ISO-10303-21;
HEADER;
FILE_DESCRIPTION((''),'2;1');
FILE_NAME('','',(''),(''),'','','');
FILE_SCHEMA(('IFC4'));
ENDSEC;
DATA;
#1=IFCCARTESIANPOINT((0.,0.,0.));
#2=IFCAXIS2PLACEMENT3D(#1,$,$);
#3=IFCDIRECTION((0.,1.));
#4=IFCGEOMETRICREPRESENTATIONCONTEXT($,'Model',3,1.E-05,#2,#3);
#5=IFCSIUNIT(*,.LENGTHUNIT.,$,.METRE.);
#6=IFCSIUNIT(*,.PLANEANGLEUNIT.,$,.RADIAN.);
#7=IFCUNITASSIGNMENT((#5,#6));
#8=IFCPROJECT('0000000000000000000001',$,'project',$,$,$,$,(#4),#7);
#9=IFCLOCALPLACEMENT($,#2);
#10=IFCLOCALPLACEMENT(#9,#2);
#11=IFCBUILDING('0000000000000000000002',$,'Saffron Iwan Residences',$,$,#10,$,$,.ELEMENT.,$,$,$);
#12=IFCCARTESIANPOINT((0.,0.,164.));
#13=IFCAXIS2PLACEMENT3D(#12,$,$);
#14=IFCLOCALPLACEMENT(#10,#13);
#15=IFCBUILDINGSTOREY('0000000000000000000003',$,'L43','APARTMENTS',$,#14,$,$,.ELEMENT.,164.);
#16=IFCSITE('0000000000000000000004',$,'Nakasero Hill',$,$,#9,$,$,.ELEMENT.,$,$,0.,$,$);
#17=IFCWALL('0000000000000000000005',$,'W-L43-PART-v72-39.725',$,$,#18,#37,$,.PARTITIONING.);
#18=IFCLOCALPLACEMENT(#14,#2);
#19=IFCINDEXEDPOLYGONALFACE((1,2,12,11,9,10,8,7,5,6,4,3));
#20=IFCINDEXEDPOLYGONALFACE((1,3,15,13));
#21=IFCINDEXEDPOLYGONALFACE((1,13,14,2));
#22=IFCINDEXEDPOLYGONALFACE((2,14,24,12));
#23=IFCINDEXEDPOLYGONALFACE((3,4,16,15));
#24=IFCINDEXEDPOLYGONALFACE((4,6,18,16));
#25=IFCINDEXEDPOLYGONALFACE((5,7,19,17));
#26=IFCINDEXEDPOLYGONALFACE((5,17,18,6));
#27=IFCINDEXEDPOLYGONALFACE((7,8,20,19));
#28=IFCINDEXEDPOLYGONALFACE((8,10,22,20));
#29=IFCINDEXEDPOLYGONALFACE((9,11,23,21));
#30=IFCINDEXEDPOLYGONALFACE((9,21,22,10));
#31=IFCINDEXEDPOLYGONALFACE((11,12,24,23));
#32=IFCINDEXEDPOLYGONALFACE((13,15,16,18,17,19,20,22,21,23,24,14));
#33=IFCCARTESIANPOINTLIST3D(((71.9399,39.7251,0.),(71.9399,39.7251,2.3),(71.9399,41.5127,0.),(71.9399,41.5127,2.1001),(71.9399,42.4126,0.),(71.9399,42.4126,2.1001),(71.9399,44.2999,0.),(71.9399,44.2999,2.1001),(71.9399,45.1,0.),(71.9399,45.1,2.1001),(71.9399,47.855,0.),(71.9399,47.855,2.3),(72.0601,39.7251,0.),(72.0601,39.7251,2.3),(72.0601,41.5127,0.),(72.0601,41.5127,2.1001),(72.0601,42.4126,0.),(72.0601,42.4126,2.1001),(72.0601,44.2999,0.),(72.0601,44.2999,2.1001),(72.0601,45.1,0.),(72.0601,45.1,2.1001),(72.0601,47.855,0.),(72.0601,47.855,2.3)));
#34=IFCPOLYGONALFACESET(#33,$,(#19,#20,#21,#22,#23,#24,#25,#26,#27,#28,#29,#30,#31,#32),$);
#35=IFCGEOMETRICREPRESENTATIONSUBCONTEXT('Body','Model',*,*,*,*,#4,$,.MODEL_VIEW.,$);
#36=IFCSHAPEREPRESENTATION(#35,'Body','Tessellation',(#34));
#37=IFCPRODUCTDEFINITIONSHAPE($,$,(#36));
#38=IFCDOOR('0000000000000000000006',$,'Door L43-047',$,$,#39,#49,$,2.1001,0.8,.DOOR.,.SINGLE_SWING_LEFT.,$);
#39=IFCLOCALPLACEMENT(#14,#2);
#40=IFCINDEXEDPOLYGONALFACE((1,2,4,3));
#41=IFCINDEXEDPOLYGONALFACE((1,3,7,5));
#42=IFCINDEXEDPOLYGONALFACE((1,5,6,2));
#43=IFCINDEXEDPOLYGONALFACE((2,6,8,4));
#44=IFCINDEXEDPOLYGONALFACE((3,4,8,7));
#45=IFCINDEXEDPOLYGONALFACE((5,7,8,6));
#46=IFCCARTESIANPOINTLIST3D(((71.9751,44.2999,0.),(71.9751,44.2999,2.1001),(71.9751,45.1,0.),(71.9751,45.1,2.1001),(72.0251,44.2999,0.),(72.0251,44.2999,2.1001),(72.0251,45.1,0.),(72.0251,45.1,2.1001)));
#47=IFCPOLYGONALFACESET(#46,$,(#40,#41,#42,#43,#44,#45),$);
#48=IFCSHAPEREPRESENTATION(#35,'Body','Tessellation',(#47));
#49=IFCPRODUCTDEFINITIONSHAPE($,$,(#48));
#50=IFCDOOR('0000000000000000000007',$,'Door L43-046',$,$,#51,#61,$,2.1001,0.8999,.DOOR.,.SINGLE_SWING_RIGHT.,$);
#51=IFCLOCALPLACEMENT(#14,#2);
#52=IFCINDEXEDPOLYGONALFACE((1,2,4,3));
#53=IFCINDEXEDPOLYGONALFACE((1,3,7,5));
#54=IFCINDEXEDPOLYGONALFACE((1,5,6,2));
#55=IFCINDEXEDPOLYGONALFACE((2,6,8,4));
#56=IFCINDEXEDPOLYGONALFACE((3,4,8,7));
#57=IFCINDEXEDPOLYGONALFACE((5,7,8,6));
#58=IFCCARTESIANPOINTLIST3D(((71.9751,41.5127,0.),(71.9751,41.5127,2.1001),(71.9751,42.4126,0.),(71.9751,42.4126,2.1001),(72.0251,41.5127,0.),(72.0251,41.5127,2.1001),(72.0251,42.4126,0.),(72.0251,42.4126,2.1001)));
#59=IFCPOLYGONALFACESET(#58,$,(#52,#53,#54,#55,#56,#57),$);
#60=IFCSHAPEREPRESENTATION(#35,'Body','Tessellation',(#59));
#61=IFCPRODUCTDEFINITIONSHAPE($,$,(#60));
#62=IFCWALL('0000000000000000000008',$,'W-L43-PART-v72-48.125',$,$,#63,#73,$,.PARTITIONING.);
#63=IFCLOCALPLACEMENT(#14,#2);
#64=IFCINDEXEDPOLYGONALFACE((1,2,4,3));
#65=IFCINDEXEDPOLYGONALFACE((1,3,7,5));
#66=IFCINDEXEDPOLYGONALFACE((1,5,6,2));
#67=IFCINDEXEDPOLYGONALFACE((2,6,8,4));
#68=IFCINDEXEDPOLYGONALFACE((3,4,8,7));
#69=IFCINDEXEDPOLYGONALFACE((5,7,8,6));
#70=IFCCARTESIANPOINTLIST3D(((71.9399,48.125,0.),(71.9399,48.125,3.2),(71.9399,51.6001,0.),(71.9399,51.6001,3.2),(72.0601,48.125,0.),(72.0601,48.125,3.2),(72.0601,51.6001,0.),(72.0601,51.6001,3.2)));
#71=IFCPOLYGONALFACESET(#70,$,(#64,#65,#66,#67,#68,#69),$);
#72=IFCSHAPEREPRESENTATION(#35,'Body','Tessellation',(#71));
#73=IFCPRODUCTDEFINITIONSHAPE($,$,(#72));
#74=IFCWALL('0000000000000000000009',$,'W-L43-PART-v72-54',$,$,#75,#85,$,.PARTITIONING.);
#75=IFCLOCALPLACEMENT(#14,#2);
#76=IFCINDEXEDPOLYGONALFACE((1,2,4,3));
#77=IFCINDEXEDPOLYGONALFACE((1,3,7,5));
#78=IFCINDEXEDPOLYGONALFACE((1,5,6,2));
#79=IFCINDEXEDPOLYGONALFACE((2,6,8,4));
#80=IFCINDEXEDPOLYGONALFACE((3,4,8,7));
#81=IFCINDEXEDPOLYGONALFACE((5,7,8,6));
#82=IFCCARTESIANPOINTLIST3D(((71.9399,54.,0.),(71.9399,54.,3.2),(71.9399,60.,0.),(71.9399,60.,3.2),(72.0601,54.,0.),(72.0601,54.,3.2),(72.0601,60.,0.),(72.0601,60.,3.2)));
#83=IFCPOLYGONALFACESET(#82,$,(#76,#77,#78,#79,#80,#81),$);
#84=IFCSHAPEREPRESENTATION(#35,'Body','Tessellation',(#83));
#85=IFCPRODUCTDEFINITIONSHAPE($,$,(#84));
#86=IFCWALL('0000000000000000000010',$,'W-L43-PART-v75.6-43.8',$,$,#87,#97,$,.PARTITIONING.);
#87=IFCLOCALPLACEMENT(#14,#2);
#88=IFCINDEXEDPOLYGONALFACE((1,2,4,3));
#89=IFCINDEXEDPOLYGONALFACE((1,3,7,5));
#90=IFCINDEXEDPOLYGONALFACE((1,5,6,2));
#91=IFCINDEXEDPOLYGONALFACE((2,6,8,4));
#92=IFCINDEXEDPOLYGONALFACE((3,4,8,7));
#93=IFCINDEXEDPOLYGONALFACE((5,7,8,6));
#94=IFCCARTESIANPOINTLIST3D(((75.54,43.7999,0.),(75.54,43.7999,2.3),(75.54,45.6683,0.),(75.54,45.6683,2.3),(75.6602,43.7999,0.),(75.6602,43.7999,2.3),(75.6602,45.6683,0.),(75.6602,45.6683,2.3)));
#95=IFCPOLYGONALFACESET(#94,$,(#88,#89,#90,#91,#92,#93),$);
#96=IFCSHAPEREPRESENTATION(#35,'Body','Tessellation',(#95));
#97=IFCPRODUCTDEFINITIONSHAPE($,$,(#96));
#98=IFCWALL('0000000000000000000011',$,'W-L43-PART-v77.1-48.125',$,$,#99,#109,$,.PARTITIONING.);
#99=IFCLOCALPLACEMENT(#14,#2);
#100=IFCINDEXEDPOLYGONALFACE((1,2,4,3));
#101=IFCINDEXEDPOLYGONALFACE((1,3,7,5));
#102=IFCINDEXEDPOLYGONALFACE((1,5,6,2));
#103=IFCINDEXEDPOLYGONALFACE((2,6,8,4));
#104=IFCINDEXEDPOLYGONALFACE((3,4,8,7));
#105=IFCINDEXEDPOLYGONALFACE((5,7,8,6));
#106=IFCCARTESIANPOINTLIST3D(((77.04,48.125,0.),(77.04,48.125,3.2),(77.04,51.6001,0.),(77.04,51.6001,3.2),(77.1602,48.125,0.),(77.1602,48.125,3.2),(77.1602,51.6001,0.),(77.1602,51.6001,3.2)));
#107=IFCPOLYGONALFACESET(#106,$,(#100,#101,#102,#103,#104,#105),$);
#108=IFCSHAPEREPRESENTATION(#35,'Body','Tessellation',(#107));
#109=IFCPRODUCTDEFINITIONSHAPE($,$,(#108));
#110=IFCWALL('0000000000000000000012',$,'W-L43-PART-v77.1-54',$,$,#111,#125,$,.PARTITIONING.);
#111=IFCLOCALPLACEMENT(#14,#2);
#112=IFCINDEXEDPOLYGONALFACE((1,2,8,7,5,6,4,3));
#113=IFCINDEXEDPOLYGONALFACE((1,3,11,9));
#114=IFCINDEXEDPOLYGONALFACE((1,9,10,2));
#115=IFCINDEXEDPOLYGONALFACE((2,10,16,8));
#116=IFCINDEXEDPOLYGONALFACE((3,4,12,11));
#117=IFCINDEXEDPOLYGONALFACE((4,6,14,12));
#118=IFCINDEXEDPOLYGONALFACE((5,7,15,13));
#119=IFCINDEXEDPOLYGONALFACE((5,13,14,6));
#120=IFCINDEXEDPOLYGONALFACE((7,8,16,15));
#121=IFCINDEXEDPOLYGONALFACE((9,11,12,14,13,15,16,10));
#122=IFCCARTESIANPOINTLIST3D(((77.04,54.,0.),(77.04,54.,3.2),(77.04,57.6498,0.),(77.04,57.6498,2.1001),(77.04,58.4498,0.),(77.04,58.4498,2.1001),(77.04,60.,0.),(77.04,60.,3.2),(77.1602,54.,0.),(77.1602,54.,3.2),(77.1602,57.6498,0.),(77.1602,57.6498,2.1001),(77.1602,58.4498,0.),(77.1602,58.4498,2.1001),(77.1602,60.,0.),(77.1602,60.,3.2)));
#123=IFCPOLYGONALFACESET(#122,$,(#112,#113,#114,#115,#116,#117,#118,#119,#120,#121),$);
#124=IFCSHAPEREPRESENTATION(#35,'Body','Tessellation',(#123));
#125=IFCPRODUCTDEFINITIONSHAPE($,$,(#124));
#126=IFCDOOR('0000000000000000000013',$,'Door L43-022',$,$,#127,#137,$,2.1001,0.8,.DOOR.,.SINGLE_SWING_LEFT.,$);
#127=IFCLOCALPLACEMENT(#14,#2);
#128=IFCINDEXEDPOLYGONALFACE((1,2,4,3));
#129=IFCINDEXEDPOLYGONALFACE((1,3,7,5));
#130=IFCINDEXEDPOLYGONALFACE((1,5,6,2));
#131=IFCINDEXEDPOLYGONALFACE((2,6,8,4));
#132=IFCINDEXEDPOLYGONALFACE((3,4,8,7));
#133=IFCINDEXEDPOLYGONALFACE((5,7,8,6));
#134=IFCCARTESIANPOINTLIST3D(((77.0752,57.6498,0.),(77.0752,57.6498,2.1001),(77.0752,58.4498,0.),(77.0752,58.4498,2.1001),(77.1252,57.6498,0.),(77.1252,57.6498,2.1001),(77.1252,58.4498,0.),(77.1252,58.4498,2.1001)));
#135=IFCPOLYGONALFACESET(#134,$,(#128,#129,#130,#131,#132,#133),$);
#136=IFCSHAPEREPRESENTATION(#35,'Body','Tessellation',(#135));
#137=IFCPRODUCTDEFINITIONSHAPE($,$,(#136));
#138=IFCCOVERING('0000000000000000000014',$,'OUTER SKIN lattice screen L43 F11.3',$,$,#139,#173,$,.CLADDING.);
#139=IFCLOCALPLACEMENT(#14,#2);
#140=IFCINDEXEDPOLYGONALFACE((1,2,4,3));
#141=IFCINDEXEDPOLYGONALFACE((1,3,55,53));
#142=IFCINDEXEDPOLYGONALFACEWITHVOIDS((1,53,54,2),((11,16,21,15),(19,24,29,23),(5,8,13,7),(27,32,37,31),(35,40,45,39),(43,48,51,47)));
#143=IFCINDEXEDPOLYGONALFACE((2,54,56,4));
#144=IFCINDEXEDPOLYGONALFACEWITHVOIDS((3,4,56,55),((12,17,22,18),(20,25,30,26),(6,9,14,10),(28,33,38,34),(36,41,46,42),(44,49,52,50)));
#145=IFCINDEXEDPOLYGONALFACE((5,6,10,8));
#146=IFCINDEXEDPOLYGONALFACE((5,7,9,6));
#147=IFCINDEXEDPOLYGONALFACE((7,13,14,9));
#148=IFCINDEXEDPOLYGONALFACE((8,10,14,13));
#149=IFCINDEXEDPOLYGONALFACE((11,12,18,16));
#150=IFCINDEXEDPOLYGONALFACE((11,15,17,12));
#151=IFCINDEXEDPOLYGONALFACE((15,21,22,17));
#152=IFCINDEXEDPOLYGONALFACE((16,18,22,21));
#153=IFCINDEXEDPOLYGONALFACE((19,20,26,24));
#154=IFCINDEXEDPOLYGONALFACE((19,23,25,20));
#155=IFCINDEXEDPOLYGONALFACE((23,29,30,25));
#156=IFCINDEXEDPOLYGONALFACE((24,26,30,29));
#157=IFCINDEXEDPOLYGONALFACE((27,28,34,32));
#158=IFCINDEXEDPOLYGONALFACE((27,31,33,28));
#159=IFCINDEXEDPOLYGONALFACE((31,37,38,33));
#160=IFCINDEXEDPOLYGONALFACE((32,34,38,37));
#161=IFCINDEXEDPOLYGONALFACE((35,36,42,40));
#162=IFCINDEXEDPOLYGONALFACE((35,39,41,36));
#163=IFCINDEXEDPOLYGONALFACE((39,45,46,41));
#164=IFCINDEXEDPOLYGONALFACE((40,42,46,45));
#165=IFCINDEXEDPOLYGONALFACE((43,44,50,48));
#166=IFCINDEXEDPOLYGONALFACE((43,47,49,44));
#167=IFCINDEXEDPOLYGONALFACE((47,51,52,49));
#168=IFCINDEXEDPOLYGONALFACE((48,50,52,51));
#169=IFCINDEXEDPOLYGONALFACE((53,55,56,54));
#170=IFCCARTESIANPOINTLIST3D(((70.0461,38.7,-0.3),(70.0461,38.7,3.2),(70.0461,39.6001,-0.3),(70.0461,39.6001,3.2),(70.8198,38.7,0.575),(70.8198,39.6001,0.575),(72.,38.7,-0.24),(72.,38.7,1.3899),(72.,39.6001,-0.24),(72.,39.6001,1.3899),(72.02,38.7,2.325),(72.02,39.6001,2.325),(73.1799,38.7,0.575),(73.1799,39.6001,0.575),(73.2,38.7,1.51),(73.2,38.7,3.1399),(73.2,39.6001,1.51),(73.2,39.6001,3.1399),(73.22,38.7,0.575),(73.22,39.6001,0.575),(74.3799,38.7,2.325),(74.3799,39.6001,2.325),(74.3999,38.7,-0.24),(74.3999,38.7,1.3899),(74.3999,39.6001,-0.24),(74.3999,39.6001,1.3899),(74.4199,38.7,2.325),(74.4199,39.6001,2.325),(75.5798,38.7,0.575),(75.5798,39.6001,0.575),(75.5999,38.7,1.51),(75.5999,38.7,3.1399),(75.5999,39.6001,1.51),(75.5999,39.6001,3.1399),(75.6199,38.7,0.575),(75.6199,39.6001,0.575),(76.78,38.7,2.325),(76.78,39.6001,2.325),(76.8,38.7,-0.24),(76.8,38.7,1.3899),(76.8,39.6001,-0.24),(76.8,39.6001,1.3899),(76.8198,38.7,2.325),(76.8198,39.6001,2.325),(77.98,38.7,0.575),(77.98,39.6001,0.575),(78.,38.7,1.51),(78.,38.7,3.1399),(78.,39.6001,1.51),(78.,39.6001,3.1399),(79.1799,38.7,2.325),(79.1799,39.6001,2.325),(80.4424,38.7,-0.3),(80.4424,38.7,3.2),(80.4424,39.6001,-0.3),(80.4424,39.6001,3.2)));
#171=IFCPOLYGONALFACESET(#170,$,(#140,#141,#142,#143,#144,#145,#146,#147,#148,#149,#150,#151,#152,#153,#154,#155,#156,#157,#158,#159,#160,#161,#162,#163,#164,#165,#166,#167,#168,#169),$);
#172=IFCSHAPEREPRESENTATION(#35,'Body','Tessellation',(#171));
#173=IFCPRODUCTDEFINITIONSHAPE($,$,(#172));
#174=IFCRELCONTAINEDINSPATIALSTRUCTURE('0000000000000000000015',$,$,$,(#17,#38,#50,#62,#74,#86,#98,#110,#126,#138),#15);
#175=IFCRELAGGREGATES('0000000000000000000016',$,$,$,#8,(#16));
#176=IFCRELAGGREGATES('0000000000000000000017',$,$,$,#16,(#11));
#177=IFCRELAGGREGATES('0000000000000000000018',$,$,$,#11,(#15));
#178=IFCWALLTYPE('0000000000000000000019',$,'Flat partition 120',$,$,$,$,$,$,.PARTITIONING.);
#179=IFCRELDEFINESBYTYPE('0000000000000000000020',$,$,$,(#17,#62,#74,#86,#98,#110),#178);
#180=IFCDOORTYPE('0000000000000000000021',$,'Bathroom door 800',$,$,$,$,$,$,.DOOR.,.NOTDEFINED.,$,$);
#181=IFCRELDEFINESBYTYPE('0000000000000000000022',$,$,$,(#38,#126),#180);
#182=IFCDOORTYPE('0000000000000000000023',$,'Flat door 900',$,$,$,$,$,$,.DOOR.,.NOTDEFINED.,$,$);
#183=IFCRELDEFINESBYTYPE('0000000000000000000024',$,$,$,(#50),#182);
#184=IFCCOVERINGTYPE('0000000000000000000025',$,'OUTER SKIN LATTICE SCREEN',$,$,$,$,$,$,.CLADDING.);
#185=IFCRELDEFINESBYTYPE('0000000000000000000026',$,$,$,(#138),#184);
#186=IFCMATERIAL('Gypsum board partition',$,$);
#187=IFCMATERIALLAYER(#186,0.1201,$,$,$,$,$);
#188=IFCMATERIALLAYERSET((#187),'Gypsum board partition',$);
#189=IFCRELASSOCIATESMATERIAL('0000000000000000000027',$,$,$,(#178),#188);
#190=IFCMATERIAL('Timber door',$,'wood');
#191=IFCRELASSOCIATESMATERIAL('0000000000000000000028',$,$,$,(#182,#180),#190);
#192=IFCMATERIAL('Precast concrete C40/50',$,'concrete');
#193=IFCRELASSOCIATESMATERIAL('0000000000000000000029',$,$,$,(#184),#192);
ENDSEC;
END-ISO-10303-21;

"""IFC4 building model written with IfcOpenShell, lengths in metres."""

from ifc_helpers import new_model, si_unit, direction, frame, frame_2d, origin, place, context, subcontext, project, spatial, polyline, rectangle, outline, extrude, material, layer, layer_set, type_object, element, fill, save


model = new_model("IFC4")

# Units and contexts
model_context = context("Model", 3, precision=1e-05, world=origin(), true_north=direction((0.0, 1.0)))
body_context = subcontext(model_context, "Body", "Model", "MODEL_VIEW")
ifc_project = project(units=[si_unit("LENGTHUNIT", "METRE"), si_unit("PLANEANGLEUNIT", "RADIAN")], contexts=[model_context])

# Site, building, storey
site_placement = place(None, origin())
site = spatial("IfcSite", under=ifc_project, at=site_placement, Name="Nakasero Hill", CompositionType="ELEMENT", RefElevation=0.0)
building_placement = place(site_placement, origin())
building = spatial("IfcBuilding", under=site, at=building_placement, Name="Saffron Iwan Residences", CompositionType="ELEMENT")
storey_placement = place(building_placement, frame((0.0, 0.0, 164.0)))
storey = spatial("IfcBuildingStorey", under=building, at=storey_placement, Name="L43", Description="APARTMENTS", CompositionType="ELEMENT", Elevation=164.0)

# Shared definitions
ifc_material_1 = material(Name="Gypsum board partition")
ifc_layer_1 = layer(ifc_material_1, 0.1201)
ifc_layer_set_1 = layer_set([ifc_layer_1], Name="Gypsum board partition")
wall_type_1 = type_object("IfcWallType", Name="Flat partition 120", PredefinedType="PARTITIONING", material=ifc_layer_set_1)
ifc_material_2 = material(Name="Timber door", Category="wood")
door_type_1 = type_object("IfcDoorType", Name="Flat door 900", OperationType="NOTDEFINED", PredefinedType="DOOR", material=ifc_material_2)

# Shared definitions
door_type_2 = type_object("IfcDoorType", Name="Bathroom door 800", OperationType="NOTDEFINED", PredefinedType="DOOR", material=ifc_material_2)

# Wall, openings, doors
wall_1_placement = place(storey_placement, frame((72.0, 39.7251, 0.0), z_axis=(0.0, 0.0, 1.0), x_axis=(0.0, 1.0, 0.0)))
wall_1 = element("IfcWall", 1, at=wall_1_placement, inside=storey, type_object=wall_type_1, Name="W-L43-PART-v72-39.725", PredefinedType="PARTITIONING", context=body_context, shape_type="SweptSolid", body=[
    extrude(rectangle(XDim=8.1299, YDim=0.1201, at=frame_2d((4.0649, 0.0))), origin(), (0.0, 0.0, 1.0), 2.3),
])
opening_1_placement = place(wall_1_placement, frame((1.7876, 0.0, 0.0)))
opening_1 = element("IfcOpeningElement", 2, at=opening_1_placement, cuts=wall_1, PredefinedType="OPENING", context=body_context, shape_type="SweptSolid", body=[
    extrude(rectangle(XDim=0.8999, YDim=2.1001, at=frame_2d((0.45, 1.05))), frame((0.0, 0.0701, 0.0), z_axis=(0.0, -1.0, 0.0), x_axis=(1.0, 0.0, 0.0)), (0.0, 0.0, 1.0), 0.1401),
])
opening_2_placement = place(wall_1_placement, frame((4.575, 0.0, 0.0)))
opening_2 = element("IfcOpeningElement", 3, at=opening_2_placement, cuts=wall_1, PredefinedType="OPENING", context=body_context, shape_type="SweptSolid", body=[
    extrude(rectangle(XDim=0.8, YDim=2.1001, at=frame_2d((0.3999, 1.05))), frame((0.0, 0.0701, 0.0), z_axis=(0.0, -1.0, 0.0), x_axis=(1.0, 0.0, 0.0)), (0.0, 0.0, 1.0), 0.1401),
])
door_1_placement = place(opening_2_placement, origin())
door_1 = element("IfcDoor", 4, at=door_1_placement, inside=storey, type_object=door_type_2, Name="Door L43-047", OperationType="SINGLE_SWING_LEFT", OverallHeight=2.1001, OverallWidth=0.8, PredefinedType="DOOR", context=body_context, shape_type="SweptSolid", body=[
    extrude(rectangle(XDim=0.8, YDim=2.1001, at=frame_2d((0.3999, 1.05))), frame((0.0, 0.0249, 0.0), z_axis=(0.0, -1.0, 0.0), x_axis=(1.0, 0.0, 0.0)), (0.0, 0.0, 1.0), 0.05),
])
fill(opening_2, door_1)
door_2_placement = place(opening_1_placement, origin())
door_2 = element("IfcDoor", 5, at=door_2_placement, inside=storey, type_object=door_type_1, Name="Door L43-046", OperationType="SINGLE_SWING_RIGHT", OverallHeight=2.1001, OverallWidth=0.8999, PredefinedType="DOOR", context=body_context, shape_type="SweptSolid", body=[
    extrude(rectangle(XDim=0.8999, YDim=2.1001, at=frame_2d((0.45, 1.05))), frame((0.0, 0.0249, 0.0), z_axis=(0.0, -1.0, 0.0), x_axis=(1.0, 0.0, 0.0)), (0.0, 0.0, 1.0), 0.05),
])
fill(opening_1, door_2)

# Walls
wall_2_placement = place(storey_placement, frame((72.0, 48.125, 0.0), z_axis=(0.0, 0.0, 1.0), x_axis=(0.0, 1.0, 0.0)))
element("IfcWall", 6, at=wall_2_placement, inside=storey, type_object=wall_type_1, Name="W-L43-PART-v72-48.125", PredefinedType="PARTITIONING", context=body_context, shape_type="SweptSolid", body=[
    extrude(rectangle(XDim=3.4751, YDim=0.1201, at=frame_2d((1.7375, 0.0))), origin(), (0.0, 0.0, 1.0), 3.2),
])
wall_3_placement = place(storey_placement, frame((72.0, 54.0, 0.0), z_axis=(0.0, 0.0, 1.0), x_axis=(0.0, 1.0, 0.0)))
element("IfcWall", 7, at=wall_3_placement, inside=storey, type_object=wall_type_1, Name="W-L43-PART-v72-54", PredefinedType="PARTITIONING", context=body_context, shape_type="SweptSolid", body=[
    extrude(rectangle(XDim=6.0, YDim=0.1201, at=frame_2d((3.0, 0.0))), origin(), (0.0, 0.0, 1.0), 3.2),
])
wall_4_placement = place(storey_placement, frame((75.6001, 43.8, 0.0), z_axis=(0.0, 0.0, 1.0), x_axis=(0.0, 1.0, 0.0)))
element("IfcWall", 8, at=wall_4_placement, inside=storey, type_object=wall_type_1, Name="W-L43-PART-v75.6-43.8", PredefinedType="PARTITIONING", context=body_context, shape_type="SweptSolid", body=[
    extrude(rectangle(XDim=1.8684, YDim=0.1201, at=frame_2d((0.9341, 0.0))), origin(), (0.0, 0.0, 1.0), 2.3),
])
wall_5_placement = place(storey_placement, frame((77.1001, 48.125, 0.0), z_axis=(0.0, 0.0, 1.0), x_axis=(0.0, 1.0, 0.0)))
element("IfcWall", 9, at=wall_5_placement, inside=storey, type_object=wall_type_1, Name="W-L43-PART-v77.1-48.125", PredefinedType="PARTITIONING", context=body_context, shape_type="SweptSolid", body=[
    extrude(rectangle(XDim=3.4751, YDim=0.1201, at=frame_2d((1.7375, 0.0))), origin(), (0.0, 0.0, 1.0), 3.2),
])

# Wall, opening, door
wall_6_placement = place(storey_placement, frame((77.1001, 54.0, 0.0), z_axis=(0.0, 0.0, 1.0), x_axis=(0.0, 1.0, 0.0)))
wall_6 = element("IfcWall", 10, at=wall_6_placement, inside=storey, type_object=wall_type_1, Name="W-L43-PART-v77.1-54", PredefinedType="PARTITIONING", context=body_context, shape_type="SweptSolid", body=[
    extrude(rectangle(XDim=6.0, YDim=0.1201, at=frame_2d((3.0, 0.0))), origin(), (0.0, 0.0, 1.0), 3.2),
])
opening_3_placement = place(wall_6_placement, frame((3.6499, 0.0, 0.0)))
opening_3 = element("IfcOpeningElement", 11, at=opening_3_placement, cuts=wall_6, PredefinedType="OPENING", context=body_context, shape_type="SweptSolid", body=[
    extrude(rectangle(XDim=0.8, YDim=2.1001, at=frame_2d((0.3999, 1.05))), frame((0.0, 0.0701, 0.0), z_axis=(0.0, -1.0, 0.0), x_axis=(1.0, 0.0, 0.0)), (0.0, 0.0, 1.0), 0.1401),
])
door_3_placement = place(opening_3_placement, origin())
door_3 = element("IfcDoor", 12, at=door_3_placement, inside=storey, type_object=door_type_2, Name="Door L43-022", OperationType="SINGLE_SWING_LEFT", OverallHeight=2.1001, OverallWidth=0.8, PredefinedType="DOOR", context=body_context, shape_type="SweptSolid", body=[
    extrude(rectangle(XDim=0.8, YDim=2.1001, at=frame_2d((0.3999, 1.05))), frame((0.0, 0.0249, 0.0), z_axis=(0.0, -1.0, 0.0), x_axis=(1.0, 0.0, 0.0)), (0.0, 0.0, 1.0), 0.05),
])
fill(opening_3, door_3)

# Covering
ifc_material_3 = material(Name="Precast concrete C40/50", Category="concrete")
covering_type = type_object("IfcCoveringType", Name="OUTER SKIN LATTICE SCREEN", PredefinedType="CLADDING", material=ifc_material_3)
covering_placement = place(storey_placement, frame((70.0461, 39.6001, -0.3), z_axis=(0.0, -1.0, 0.0), x_axis=(1.0, 0.0, 0.0)))
element("IfcCovering", 13, at=covering_placement, inside=storey, type_object=covering_type, Name="OUTER SKIN lattice screen L43 F11.3", PredefinedType="CLADDING", context=body_context, shape_type="SweptSolid", body=[
    extrude(outline(polyline([(0.0, 0.0), (10.3962, 0.0), (10.3962, 3.5), (0.0, 3.5), (0.0, 0.0)]), holes=[polyline([(0.7737, 0.875), (1.9539, 0.0601), (3.1338, 0.875), (1.9539, 1.6899), (0.7737, 0.875)]), polyline([(3.1738, 0.875), (4.3538, 0.0601), (5.5337, 0.875), (4.3538, 1.6899), (3.1738, 0.875)]), polyline([(5.5737, 0.875), (6.7539, 0.0601), (7.9338, 0.875), (6.7539, 1.6899), (5.5737, 0.875)]), polyline([(1.9739, 2.625), (3.1538, 1.8101), (4.3337, 2.625), (3.1538, 3.4399), (1.9739, 2.625)]), polyline([(4.3738, 2.625), (5.5537, 1.8101), (6.7339, 2.625), (5.5537, 3.4399), (4.3738, 2.625)]), polyline([(6.7737, 2.625), (7.9539, 1.8101), (9.1338, 2.625), (7.9539, 3.4399), (6.7737, 2.625)])]), origin(), (0.0, 0.0, 1.0), 0.9001),
])

save(model, "model.ifc")
